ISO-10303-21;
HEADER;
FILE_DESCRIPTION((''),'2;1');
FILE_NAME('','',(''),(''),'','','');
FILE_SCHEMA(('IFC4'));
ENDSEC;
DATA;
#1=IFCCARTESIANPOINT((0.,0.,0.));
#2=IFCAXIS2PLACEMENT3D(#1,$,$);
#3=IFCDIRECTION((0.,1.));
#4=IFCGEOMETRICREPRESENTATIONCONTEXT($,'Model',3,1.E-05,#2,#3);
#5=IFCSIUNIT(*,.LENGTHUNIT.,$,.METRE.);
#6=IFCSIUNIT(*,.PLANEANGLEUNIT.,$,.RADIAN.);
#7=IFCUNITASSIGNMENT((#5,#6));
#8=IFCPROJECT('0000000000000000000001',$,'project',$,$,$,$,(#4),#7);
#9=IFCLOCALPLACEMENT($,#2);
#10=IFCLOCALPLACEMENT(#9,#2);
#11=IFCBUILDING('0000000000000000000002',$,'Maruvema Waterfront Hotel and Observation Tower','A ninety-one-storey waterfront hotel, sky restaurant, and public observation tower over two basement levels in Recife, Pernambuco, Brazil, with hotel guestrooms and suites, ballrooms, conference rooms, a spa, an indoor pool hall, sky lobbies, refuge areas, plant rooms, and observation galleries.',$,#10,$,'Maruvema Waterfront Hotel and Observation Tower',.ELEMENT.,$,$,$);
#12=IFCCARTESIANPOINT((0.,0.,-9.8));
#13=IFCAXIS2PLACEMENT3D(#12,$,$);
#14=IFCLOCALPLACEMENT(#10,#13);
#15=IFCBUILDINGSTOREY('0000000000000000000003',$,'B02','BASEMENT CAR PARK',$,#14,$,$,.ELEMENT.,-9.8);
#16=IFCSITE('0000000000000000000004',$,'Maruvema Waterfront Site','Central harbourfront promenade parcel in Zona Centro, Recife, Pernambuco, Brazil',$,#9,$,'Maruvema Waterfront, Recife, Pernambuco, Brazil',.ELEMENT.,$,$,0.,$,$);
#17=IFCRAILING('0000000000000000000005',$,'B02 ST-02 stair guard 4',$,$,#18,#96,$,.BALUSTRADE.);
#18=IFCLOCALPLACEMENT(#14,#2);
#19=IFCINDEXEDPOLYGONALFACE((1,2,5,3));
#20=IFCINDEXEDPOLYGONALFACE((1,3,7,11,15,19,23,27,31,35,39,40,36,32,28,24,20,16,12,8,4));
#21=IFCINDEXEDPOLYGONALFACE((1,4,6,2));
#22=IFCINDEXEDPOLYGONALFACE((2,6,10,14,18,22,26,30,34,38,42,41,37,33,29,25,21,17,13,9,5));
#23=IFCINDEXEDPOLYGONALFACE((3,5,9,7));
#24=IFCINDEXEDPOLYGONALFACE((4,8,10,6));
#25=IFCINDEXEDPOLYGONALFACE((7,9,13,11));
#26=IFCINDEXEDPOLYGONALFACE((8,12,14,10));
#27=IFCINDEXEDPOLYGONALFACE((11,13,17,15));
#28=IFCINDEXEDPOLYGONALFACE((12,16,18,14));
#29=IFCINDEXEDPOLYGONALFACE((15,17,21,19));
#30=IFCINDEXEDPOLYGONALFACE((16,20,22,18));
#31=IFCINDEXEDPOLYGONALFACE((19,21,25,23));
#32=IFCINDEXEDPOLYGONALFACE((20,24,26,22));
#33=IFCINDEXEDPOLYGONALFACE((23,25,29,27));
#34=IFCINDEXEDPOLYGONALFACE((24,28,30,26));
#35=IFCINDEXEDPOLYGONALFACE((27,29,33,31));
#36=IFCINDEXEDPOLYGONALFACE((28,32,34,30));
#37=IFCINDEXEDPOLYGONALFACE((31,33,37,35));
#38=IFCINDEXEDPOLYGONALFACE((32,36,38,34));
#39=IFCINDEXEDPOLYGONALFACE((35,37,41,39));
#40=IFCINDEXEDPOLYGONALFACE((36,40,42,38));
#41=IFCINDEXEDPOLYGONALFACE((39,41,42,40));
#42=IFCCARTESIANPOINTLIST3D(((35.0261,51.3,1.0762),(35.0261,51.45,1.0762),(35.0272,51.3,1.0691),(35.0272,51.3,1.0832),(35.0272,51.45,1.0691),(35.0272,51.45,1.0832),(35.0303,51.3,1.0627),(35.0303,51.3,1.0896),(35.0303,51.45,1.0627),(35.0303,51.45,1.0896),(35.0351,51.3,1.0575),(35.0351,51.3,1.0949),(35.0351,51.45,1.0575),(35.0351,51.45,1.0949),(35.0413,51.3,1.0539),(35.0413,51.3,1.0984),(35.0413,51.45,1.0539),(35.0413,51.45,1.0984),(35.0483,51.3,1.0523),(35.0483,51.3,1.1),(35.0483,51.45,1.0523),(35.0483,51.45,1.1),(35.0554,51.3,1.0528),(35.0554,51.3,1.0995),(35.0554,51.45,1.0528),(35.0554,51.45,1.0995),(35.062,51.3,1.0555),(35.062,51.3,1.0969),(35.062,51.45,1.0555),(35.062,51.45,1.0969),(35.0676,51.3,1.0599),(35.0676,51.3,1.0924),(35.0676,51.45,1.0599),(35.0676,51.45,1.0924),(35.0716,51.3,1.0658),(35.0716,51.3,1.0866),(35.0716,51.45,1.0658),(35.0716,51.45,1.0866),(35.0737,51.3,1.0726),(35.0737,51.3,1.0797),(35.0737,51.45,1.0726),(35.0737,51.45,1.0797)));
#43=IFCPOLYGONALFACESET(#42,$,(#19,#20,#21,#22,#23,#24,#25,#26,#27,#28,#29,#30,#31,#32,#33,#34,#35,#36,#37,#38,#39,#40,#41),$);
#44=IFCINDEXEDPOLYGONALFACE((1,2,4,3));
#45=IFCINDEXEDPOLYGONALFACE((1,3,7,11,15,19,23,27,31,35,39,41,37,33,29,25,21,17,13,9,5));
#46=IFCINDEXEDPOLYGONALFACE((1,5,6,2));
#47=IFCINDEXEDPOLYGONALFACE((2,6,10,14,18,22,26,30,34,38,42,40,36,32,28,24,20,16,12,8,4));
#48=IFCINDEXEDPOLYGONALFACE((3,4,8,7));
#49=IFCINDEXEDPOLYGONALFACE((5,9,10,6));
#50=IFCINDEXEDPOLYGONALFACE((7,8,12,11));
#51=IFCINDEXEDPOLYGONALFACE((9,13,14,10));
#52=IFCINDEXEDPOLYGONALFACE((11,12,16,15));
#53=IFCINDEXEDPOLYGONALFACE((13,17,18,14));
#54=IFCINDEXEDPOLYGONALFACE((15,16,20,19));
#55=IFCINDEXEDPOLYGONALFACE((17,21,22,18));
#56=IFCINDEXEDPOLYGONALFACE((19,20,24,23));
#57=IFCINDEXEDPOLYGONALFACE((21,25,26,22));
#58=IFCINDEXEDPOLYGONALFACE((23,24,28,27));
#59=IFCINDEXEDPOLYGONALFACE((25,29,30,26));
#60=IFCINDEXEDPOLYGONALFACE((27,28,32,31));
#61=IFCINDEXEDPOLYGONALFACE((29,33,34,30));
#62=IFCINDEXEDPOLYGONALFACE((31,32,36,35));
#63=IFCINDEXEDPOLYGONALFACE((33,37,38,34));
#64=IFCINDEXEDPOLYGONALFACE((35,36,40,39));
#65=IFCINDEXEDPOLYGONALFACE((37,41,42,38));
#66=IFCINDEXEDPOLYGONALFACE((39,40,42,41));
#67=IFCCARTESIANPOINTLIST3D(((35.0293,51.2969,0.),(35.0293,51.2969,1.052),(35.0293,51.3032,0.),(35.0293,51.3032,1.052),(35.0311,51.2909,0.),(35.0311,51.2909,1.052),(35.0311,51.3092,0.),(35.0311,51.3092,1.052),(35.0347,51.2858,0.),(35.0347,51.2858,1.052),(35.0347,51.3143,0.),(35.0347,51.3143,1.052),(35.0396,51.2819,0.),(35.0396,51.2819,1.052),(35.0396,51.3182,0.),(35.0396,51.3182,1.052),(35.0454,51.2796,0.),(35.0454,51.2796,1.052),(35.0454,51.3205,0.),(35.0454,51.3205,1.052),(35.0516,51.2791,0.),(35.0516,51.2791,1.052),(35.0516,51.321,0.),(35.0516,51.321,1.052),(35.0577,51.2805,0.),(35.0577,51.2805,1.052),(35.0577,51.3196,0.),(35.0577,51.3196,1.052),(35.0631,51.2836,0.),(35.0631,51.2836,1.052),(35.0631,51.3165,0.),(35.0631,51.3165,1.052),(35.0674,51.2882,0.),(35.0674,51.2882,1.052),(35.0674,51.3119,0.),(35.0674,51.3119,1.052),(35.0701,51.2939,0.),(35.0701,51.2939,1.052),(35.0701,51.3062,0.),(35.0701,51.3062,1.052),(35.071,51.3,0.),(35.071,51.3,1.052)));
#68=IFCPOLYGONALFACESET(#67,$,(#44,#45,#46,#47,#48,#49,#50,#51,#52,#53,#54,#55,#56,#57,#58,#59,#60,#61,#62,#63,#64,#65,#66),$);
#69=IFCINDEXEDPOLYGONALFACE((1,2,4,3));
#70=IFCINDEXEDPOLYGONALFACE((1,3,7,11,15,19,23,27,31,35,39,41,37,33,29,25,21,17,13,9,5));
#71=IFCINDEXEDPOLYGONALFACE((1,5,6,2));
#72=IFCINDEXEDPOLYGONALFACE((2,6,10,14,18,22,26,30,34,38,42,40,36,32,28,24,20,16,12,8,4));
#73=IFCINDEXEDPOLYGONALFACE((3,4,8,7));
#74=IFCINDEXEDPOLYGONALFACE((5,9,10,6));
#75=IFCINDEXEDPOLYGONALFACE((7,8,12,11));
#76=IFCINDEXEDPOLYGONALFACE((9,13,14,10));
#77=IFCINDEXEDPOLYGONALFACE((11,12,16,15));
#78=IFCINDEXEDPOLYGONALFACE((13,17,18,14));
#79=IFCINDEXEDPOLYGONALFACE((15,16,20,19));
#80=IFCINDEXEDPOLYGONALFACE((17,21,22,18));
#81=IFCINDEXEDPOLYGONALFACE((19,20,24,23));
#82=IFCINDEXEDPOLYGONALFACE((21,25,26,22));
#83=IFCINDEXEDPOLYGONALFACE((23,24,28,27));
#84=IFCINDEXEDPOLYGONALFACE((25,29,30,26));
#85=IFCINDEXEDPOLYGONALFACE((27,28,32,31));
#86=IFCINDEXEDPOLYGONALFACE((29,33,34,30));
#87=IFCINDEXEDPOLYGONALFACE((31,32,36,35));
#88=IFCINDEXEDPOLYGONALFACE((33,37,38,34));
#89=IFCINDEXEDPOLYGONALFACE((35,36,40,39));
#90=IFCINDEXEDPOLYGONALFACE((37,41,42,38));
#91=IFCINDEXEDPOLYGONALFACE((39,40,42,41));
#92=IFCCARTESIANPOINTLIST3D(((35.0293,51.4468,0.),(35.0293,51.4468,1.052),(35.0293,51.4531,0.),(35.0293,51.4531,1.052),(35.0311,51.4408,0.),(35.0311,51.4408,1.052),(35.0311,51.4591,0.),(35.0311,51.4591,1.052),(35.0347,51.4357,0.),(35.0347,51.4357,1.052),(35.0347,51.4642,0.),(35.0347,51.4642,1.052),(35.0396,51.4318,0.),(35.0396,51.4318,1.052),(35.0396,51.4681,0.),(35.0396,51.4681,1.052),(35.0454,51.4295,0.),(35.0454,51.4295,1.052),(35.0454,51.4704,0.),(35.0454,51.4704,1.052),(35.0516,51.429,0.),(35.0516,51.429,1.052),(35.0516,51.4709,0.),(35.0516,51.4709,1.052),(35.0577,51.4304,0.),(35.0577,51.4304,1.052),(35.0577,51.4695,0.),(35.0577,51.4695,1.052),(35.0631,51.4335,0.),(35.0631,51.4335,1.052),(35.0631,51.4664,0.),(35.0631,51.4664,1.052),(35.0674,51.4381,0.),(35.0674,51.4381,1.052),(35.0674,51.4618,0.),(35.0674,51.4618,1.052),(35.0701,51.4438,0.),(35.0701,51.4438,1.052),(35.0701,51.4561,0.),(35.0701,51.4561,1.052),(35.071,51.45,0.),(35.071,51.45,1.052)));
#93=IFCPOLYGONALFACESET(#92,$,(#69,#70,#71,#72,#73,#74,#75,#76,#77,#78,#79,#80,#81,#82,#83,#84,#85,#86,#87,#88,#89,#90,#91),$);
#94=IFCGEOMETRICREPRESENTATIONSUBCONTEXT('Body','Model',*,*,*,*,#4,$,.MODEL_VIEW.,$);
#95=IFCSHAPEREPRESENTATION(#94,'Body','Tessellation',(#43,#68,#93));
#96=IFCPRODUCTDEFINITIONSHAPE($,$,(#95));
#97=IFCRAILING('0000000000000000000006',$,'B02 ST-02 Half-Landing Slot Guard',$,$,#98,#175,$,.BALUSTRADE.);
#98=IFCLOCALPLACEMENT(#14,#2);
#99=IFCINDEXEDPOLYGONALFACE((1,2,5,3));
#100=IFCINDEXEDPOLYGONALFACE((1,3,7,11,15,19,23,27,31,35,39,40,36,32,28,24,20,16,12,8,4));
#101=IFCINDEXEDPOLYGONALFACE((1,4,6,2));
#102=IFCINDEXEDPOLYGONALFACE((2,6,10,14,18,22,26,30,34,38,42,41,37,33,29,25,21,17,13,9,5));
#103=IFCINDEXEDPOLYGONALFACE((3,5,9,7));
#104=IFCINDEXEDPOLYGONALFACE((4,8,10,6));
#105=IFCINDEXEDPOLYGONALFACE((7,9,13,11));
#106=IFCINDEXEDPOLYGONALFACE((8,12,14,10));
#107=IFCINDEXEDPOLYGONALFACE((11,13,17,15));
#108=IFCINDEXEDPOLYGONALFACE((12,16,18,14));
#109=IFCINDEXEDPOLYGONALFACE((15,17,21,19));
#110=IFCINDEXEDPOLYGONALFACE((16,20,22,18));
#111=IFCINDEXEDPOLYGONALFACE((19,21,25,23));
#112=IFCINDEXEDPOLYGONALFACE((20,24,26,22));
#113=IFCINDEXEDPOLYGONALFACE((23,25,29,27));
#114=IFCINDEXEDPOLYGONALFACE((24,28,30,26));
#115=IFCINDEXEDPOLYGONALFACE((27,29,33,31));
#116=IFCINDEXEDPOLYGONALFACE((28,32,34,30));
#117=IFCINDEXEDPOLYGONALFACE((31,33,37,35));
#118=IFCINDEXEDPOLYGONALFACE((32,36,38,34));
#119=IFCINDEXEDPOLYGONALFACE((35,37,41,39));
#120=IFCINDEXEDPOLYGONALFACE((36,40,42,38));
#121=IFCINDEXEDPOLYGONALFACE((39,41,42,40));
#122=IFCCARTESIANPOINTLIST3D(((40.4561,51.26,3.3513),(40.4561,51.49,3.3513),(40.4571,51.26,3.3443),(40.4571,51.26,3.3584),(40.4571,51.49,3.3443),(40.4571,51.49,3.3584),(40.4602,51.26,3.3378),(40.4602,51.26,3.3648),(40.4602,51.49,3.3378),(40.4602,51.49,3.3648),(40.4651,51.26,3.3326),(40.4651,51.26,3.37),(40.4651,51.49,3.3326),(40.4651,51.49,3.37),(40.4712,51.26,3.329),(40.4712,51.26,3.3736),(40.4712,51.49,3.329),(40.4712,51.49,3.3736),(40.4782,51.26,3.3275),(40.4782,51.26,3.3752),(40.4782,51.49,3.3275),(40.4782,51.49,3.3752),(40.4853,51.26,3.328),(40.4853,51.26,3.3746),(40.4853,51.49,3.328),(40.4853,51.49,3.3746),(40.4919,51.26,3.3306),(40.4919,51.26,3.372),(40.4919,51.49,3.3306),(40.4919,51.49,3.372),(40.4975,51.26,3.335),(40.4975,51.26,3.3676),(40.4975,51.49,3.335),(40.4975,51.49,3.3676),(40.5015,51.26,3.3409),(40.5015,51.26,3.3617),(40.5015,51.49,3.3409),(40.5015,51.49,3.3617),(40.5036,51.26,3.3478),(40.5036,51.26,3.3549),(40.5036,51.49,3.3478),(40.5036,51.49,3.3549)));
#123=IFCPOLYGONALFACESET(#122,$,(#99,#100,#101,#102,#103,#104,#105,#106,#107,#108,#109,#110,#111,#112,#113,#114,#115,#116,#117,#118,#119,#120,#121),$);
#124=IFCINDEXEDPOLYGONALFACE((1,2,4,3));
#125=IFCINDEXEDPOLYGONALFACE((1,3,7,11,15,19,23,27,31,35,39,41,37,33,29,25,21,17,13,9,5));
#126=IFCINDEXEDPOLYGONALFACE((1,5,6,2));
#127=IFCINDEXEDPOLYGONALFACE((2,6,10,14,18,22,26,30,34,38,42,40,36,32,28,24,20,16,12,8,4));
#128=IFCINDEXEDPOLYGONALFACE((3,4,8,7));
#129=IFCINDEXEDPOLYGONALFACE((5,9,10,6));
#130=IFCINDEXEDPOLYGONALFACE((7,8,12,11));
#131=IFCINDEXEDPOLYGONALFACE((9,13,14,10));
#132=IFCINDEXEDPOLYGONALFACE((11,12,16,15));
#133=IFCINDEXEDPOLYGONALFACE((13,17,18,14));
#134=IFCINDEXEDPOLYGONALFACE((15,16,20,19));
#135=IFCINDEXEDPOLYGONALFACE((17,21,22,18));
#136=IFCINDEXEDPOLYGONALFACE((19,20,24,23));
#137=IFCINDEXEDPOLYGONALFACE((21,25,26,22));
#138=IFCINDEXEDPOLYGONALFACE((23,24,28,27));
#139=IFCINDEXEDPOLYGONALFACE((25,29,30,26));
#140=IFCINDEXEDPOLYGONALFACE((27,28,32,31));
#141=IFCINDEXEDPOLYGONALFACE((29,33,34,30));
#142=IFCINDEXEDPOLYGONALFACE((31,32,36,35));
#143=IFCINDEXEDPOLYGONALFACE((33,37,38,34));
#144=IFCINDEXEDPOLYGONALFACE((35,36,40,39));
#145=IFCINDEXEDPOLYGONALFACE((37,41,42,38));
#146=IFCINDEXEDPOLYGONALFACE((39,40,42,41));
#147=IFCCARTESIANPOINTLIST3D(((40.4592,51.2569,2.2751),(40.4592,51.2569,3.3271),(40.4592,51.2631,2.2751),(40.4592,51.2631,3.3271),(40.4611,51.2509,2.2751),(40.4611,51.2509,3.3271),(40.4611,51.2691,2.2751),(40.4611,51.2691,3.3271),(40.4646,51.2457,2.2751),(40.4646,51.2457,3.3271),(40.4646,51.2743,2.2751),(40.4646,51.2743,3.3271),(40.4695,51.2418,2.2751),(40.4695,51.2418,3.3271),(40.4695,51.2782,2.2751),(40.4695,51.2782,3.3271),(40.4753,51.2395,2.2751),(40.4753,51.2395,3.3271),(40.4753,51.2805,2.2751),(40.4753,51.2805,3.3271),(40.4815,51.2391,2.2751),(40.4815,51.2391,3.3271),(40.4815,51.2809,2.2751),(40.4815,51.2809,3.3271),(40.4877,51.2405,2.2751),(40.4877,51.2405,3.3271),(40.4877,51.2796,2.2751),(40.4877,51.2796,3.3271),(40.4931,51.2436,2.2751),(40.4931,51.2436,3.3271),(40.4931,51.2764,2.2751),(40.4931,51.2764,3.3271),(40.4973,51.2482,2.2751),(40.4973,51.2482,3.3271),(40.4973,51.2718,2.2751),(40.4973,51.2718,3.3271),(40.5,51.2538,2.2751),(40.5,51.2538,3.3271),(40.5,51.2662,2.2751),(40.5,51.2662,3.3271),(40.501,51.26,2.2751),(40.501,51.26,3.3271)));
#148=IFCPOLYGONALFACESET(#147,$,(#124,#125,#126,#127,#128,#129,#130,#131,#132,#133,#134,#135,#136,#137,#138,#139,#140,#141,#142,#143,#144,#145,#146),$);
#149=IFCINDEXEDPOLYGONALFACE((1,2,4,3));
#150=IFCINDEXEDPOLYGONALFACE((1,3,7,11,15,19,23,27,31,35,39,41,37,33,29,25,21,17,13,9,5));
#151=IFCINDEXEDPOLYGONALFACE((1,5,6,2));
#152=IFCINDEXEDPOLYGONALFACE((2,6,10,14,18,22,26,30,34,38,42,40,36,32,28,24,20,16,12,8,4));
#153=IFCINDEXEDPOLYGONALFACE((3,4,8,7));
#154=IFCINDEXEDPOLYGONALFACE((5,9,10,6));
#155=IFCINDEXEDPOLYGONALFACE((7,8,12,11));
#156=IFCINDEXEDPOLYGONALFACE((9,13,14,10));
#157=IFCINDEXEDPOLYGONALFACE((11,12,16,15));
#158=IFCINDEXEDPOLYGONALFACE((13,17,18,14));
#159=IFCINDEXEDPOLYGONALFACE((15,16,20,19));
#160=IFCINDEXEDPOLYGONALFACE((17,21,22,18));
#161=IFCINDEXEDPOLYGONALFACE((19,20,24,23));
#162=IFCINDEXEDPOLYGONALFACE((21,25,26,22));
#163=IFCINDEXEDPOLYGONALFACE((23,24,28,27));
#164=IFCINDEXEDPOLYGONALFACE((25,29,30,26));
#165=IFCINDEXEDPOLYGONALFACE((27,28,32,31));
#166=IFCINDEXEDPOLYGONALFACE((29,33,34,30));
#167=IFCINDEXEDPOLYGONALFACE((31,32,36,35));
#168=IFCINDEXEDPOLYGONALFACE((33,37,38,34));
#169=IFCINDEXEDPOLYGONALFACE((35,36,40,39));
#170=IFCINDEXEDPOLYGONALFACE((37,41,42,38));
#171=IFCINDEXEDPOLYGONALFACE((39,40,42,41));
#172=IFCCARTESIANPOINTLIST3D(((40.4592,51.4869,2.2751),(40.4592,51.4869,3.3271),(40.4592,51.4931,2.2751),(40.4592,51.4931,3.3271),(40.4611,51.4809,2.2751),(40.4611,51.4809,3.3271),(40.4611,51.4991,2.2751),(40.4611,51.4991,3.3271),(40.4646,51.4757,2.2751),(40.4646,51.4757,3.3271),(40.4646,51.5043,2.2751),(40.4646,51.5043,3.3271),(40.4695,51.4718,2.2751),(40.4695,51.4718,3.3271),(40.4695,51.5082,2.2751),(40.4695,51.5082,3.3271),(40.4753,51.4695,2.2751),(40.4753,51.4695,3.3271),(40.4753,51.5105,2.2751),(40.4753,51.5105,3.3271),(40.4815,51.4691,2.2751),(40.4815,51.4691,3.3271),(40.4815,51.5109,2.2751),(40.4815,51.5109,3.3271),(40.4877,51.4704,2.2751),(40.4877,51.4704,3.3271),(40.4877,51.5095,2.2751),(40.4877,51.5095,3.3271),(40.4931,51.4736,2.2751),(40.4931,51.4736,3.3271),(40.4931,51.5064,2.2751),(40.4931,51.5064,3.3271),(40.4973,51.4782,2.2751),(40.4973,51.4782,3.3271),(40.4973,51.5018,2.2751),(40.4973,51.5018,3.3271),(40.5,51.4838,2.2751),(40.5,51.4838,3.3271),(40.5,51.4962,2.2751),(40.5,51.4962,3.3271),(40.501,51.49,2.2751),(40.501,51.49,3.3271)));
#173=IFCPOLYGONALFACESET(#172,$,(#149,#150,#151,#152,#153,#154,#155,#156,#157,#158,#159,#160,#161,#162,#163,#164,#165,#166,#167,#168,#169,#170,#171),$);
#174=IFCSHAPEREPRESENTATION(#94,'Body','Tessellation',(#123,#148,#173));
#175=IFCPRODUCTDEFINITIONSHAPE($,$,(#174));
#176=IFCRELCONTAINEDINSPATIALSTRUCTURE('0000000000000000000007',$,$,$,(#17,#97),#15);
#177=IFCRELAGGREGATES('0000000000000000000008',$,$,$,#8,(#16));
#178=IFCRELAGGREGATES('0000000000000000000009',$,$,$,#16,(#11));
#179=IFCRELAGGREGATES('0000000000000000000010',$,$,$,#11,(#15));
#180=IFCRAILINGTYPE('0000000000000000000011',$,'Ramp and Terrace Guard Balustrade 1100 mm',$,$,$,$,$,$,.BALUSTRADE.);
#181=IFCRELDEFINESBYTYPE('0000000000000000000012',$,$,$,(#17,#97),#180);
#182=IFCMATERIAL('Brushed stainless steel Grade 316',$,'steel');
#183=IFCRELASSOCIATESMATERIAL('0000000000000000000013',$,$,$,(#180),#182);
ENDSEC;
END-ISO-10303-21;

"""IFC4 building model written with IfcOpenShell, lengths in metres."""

from ifc_helpers import new_model, si_unit, direction, frame, origin, origin_2d, place, context, subcontext, project, spatial, circle, extrude, material, type_object, element, save


model = new_model("IFC4")

# Units and contexts
model_context = context("Model", 3, precision=1e-05, world=origin(), true_north=direction((0.0, 1.0)))
body_context = subcontext(model_context, "Body", "Model", "MODEL_VIEW")
ifc_project = project(units=[si_unit("LENGTHUNIT", "METRE"), si_unit("PLANEANGLEUNIT", "RADIAN")], contexts=[model_context])

# Site, building, storey
site_placement = place(None, origin())
site = spatial("IfcSite", under=ifc_project, at=site_placement, Name="Maruvema Waterfront Site", Description="Central harbourfront promenade parcel in Zona Centro, Recife, Pernambuco, Brazil", LongName="Maruvema Waterfront, Recife, Pernambuco, Brazil", CompositionType="ELEMENT", RefElevation=0.0)
building_placement = place(site_placement, origin())
building = spatial("IfcBuilding", under=site, at=building_placement, Name="Maruvema Waterfront Hotel and Observation Tower", Description="A ninety-one-storey waterfront hotel, sky restaurant, and public observation tower over two basement levels in Recife, Pernambuco, Brazil, with hotel guestrooms and suites, ballrooms, conference rooms, a spa, an indoor pool hall, sky lobbies, refuge areas, plant rooms, and observation galleries.", LongName="Maruvema Waterfront Hotel and Observation Tower", CompositionType="ELEMENT")
storey_placement = place(building_placement, frame((0.0, 0.0, -9.8)))
storey = spatial("IfcBuildingStorey", under=building, at=storey_placement, Name="B02", Description="BASEMENT CAR PARK", CompositionType="ELEMENT", Elevation=-9.8)

# Railings
ifc_material_1 = material(Name="Brushed stainless steel Grade 316", Category="steel")
railing_type_1 = type_object("IfcRailingType", Name="Ramp and Terrace Guard Balustrade 1100 mm", PredefinedType="BALUSTRADE", material=ifc_material_1)
railing_1_placement = place(storey_placement, frame((35.05, 51.3, 0.0)))
element("IfcRailing", 1, at=railing_1_placement, inside=storey, type_object=railing_type_1, Name="B02 ST-02 stair guard 4", PredefinedType="BALUSTRADE", context=body_context, shape_type="SweptSolid", body=[
    extrude(circle(Radius=0.0239, at=origin_2d()), frame((0.0, 0.0, 1.0762), z_axis=(0.0, 1.0, 0.0), x_axis=(-1.0, 0.0, 0.0)), (0.0, 0.0, 1.0), 0.1499),
    extrude(circle(Radius=0.021, at=origin_2d()), origin(), (0.0, 0.0, 1.0), 1.052),
    extrude(circle(Radius=0.021, at=origin_2d()), frame((0.0, 0.1499, 0.0)), (0.0, 0.0, 1.0), 1.052),
])
railing_2_placement = place(storey_placement, frame((40.48, 51.26, 2.2751)))
element("IfcRailing", 2, at=railing_2_placement, inside=storey, type_object=railing_type_1, Name="B02 ST-02 Half-Landing Slot Guard", PredefinedType="BALUSTRADE", context=body_context, shape_type="SweptSolid", body=[
    extrude(circle(Radius=0.0239, at=origin_2d()), frame((0.0, 0.0, 1.0762), z_axis=(0.0, 1.0, 0.0), x_axis=(-1.0, 0.0, 0.0)), (0.0, 0.0, 1.0), 0.23),
    extrude(circle(Radius=0.021, at=origin_2d()), origin(), (0.0, 0.0, 1.0), 1.052),
    extrude(circle(Radius=0.021, at=origin_2d()), frame((0.0, 0.23, 0.0)), (0.0, 0.0, 1.0), 1.052),
])

save(model, "model.ifc")
